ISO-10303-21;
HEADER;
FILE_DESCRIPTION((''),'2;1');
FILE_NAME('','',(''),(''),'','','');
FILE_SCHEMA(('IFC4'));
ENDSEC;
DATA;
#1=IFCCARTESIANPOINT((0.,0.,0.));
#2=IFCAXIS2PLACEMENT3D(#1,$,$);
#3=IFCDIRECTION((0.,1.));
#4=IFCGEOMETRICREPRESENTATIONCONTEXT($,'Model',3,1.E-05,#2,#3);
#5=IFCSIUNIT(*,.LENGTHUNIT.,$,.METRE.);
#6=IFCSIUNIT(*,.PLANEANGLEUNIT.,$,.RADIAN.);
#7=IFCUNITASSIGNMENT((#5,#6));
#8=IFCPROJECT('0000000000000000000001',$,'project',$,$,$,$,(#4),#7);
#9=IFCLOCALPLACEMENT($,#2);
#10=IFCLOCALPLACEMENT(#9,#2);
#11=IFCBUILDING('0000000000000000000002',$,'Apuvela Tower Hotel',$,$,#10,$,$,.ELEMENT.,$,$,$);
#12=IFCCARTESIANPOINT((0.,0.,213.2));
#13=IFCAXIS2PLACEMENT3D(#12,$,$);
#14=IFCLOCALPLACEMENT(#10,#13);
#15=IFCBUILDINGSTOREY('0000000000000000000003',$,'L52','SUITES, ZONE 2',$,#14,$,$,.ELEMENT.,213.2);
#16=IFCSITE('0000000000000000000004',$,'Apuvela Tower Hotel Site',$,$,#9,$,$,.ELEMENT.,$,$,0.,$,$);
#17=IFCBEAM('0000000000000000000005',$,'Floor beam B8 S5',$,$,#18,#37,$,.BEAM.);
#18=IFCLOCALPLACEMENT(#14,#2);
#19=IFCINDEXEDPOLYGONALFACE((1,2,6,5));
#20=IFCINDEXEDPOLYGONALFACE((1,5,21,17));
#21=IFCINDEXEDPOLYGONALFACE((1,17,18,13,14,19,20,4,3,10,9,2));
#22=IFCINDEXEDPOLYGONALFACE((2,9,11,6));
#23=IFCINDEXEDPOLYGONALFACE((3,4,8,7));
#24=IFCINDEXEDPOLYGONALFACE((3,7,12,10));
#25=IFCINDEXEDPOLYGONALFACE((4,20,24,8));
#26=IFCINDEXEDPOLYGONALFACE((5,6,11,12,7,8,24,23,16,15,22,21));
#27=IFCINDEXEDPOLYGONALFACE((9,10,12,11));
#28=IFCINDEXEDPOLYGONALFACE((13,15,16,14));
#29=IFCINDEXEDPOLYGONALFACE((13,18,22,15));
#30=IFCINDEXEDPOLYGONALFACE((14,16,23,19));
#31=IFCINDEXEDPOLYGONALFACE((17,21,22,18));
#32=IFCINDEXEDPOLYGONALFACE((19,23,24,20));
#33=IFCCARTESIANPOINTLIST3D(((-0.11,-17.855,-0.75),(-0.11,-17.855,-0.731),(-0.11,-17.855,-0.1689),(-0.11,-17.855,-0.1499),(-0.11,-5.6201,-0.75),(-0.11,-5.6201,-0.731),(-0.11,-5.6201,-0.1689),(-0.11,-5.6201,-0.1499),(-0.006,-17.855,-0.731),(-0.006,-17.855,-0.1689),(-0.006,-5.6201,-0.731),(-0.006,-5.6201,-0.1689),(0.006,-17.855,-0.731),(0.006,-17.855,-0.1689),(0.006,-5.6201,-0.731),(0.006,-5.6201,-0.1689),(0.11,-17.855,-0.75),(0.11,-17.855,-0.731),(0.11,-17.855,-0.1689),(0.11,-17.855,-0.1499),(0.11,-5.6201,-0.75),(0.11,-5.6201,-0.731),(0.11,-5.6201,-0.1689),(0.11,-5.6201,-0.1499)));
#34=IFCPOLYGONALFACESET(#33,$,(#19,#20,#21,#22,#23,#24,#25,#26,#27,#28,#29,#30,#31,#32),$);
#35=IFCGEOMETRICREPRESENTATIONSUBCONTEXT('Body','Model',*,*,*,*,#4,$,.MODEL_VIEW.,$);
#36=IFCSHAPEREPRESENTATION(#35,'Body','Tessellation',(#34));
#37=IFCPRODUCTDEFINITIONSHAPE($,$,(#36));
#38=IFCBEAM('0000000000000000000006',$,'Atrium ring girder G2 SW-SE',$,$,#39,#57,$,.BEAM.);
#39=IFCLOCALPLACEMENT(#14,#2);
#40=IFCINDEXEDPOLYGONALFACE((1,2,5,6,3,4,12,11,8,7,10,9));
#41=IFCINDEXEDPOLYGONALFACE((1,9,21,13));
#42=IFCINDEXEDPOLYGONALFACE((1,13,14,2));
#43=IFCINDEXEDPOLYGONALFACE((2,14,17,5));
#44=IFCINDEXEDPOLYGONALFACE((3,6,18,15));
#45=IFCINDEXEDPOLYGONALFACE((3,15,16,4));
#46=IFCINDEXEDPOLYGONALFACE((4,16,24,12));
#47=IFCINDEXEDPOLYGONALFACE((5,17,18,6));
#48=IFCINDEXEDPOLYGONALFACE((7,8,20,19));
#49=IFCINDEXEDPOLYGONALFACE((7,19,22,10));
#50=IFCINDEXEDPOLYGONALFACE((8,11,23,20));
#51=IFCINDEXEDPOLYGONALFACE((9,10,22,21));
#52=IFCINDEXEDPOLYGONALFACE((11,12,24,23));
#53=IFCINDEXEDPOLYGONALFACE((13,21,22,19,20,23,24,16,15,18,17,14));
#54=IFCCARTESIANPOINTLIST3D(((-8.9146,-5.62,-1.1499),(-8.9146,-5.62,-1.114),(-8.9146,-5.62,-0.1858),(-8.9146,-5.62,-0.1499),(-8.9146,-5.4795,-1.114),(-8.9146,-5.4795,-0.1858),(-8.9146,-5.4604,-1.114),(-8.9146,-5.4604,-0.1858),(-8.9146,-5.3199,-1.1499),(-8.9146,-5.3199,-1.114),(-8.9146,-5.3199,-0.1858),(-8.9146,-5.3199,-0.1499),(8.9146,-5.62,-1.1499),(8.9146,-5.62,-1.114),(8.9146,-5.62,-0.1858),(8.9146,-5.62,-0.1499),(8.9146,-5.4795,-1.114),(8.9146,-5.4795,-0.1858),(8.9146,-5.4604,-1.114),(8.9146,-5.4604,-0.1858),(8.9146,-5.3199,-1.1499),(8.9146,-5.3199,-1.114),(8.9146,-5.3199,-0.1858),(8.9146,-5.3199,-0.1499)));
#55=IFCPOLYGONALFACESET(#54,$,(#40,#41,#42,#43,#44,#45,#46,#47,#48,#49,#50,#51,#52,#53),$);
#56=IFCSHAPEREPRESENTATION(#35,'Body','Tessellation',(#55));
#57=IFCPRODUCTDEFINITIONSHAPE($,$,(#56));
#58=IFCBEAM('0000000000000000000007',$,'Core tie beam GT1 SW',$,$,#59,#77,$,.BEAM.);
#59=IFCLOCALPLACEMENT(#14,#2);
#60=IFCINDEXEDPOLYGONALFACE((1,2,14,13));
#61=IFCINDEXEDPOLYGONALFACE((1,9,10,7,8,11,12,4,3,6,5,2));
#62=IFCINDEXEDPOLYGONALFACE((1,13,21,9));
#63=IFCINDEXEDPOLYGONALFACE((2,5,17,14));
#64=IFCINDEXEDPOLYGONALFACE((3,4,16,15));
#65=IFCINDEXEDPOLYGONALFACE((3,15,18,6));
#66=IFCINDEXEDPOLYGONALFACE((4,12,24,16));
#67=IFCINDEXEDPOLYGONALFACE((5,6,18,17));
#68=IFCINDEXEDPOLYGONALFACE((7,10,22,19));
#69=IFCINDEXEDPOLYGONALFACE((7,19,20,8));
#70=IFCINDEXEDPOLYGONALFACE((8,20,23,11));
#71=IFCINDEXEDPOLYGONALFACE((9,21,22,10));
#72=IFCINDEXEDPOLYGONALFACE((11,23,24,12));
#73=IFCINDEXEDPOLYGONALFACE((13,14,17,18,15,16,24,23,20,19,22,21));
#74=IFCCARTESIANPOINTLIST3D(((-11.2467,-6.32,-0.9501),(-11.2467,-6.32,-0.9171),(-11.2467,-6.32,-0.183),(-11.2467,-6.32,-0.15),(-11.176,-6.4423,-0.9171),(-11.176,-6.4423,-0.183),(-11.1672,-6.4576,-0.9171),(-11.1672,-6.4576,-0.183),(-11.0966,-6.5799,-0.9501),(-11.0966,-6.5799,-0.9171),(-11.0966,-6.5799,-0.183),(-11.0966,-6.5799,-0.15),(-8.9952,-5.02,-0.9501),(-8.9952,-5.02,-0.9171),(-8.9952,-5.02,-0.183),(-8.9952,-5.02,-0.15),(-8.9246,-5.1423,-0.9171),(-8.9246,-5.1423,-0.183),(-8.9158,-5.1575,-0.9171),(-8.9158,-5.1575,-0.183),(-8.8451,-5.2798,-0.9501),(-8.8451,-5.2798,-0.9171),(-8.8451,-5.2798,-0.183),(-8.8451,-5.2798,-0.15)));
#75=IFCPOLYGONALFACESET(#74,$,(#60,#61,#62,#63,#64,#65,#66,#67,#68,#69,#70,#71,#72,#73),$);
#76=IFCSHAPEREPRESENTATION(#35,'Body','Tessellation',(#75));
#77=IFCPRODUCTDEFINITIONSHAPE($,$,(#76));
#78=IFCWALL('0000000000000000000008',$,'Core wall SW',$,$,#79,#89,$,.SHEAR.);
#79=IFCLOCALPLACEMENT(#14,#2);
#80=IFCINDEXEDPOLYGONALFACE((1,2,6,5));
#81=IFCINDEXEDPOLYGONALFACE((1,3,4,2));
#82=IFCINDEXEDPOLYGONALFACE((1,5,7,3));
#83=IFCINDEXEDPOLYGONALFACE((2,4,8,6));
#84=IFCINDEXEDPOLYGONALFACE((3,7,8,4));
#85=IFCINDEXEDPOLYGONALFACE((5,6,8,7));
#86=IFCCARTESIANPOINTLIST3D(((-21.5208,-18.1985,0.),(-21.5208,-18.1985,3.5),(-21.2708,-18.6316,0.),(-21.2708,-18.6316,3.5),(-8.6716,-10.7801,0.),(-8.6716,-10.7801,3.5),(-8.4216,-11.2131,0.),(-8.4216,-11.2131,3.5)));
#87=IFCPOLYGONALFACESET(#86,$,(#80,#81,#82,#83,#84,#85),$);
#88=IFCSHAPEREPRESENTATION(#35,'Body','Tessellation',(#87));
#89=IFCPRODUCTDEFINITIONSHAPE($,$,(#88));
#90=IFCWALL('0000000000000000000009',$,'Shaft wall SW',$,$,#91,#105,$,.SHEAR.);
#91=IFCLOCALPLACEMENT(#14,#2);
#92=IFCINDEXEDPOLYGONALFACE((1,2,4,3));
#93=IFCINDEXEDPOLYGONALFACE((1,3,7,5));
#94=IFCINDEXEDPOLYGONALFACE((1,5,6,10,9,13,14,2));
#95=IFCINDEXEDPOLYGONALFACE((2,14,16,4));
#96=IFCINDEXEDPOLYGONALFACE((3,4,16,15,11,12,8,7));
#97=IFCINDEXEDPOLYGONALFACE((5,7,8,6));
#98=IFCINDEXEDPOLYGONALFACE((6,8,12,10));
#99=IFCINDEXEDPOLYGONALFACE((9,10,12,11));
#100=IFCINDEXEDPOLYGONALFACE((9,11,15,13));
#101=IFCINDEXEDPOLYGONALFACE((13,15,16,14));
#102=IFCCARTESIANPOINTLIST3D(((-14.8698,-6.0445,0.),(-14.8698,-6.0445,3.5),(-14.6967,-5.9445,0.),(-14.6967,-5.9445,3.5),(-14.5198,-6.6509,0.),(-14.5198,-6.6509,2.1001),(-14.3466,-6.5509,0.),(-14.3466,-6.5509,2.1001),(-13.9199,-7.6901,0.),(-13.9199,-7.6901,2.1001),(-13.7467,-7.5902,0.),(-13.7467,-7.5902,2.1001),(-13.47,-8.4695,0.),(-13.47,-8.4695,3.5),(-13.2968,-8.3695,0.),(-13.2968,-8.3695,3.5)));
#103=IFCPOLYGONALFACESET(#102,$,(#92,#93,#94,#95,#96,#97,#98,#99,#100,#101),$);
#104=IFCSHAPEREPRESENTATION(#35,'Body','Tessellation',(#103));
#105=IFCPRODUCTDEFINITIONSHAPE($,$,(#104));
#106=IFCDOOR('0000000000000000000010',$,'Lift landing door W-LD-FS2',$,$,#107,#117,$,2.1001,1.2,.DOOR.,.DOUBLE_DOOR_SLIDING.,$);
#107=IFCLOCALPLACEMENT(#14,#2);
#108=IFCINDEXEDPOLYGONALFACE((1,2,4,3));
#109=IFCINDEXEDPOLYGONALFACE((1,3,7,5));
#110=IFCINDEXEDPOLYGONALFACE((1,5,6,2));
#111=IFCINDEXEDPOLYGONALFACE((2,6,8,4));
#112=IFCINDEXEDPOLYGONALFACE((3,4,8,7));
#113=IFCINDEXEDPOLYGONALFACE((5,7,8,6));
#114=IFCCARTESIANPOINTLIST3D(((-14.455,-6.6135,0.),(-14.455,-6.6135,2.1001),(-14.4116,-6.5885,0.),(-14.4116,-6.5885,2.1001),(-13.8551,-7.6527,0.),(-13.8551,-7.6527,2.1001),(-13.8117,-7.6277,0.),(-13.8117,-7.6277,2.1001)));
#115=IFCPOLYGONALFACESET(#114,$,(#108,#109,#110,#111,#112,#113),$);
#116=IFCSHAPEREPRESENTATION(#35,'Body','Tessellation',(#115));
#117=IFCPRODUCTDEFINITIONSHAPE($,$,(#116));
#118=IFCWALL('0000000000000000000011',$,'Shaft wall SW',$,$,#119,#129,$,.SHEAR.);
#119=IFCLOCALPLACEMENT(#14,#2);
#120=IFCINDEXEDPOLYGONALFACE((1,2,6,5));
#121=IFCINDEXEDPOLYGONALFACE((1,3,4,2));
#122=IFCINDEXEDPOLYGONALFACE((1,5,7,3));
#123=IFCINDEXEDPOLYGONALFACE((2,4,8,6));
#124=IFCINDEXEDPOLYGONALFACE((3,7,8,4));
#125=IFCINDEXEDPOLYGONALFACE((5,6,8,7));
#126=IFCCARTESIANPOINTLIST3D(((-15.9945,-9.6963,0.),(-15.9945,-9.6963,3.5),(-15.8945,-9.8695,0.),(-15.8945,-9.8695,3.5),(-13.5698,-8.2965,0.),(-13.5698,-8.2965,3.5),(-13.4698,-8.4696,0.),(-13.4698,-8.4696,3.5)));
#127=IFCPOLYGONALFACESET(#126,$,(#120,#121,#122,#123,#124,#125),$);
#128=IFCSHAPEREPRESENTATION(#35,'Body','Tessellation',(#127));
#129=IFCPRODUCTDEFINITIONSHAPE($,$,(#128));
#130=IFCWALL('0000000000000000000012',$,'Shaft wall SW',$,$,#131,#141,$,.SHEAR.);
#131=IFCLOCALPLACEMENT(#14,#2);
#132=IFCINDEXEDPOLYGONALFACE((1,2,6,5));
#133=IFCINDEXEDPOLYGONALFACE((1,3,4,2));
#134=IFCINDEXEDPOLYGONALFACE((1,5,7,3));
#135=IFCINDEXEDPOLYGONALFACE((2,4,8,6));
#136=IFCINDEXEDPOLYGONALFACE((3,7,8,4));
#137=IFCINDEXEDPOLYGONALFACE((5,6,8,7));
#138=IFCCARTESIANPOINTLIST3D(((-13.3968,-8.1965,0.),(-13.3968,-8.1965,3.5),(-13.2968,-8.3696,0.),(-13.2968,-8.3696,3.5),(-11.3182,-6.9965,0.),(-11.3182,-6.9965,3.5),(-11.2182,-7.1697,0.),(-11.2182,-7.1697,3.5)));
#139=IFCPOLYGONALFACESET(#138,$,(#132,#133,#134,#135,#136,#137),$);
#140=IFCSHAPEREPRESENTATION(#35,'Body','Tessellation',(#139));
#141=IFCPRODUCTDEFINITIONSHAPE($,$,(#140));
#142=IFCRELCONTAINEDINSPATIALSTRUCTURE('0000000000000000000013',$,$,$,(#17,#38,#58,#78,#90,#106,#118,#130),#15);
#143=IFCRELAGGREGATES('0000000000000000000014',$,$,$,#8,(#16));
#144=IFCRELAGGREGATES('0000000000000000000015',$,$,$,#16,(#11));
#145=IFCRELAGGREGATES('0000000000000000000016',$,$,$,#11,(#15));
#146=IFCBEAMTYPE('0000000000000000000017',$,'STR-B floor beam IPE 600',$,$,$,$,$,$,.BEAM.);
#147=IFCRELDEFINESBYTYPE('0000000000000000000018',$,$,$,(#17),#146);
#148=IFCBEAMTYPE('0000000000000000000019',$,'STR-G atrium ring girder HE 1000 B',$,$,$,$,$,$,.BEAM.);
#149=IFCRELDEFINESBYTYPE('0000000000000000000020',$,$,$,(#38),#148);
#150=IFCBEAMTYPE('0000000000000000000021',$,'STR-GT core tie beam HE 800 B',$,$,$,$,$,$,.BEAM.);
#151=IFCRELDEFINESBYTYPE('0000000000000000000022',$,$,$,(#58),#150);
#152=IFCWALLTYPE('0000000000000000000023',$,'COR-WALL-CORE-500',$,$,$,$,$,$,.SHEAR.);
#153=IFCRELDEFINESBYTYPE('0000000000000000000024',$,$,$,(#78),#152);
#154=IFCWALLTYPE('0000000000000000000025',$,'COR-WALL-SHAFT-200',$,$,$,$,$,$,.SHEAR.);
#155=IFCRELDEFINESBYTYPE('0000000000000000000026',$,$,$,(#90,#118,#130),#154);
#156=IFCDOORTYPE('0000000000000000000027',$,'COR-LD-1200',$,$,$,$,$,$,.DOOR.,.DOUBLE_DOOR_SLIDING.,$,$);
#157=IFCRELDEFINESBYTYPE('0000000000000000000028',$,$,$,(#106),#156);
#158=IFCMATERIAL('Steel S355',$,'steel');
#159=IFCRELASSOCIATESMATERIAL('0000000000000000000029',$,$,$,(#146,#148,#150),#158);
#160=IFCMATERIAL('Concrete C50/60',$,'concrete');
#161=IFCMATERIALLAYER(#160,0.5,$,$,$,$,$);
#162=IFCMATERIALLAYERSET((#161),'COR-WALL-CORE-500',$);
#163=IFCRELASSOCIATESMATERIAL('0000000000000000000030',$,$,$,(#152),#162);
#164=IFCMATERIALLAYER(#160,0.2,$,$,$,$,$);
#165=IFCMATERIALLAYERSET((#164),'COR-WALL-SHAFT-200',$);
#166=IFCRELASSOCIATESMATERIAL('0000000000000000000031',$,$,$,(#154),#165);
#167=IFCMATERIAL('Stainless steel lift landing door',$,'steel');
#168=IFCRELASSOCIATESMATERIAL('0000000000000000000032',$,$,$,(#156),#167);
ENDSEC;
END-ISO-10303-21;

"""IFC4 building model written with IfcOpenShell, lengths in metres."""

from ifc_helpers import new_model, si_unit, direction, frame, frame_2d, origin, origin_2d, place, context, subcontext, project, spatial, rectangle, i_section, extrude, material, layer, layer_set, material_profile, profile_set, type_object, element, fill, save


model = new_model("IFC4")

# Units and contexts
model_context = context("Model", 3, precision=1e-05, world=origin(), true_north=direction((0.0, 1.0)))
body_context = subcontext(model_context, "Body", "Model", "MODEL_VIEW")
ifc_project = project(units=[si_unit("LENGTHUNIT", "METRE"), si_unit("PLANEANGLEUNIT", "RADIAN")], contexts=[model_context])

# Site, building, storey
site_placement = place(None, origin())
site = spatial("IfcSite", under=ifc_project, at=site_placement, Name="Apuvela Tower Hotel Site", CompositionType="ELEMENT", RefElevation=0.0)
building_placement = place(site_placement, origin())
building = spatial("IfcBuilding", under=site, at=building_placement, Name="Apuvela Tower Hotel", CompositionType="ELEMENT")
storey_placement = place(building_placement, frame((0.0, 0.0, 213.2)))
storey = spatial("IfcBuildingStorey", under=building, at=storey_placement, Name="L52", Description="SUITES, ZONE 2", CompositionType="ELEMENT", Elevation=213.2)

# Beams
ifc_material_1 = material(Name="Steel S355", Category="steel")
ifc_material_profile_1 = material_profile(ifc_material_1, i_section(OverallWidth=0.22, OverallDepth=0.6001, WebThickness=0.012, FlangeThickness=0.019, at=origin_2d()), Name="IPE 600")
ifc_profile_set_1 = profile_set([ifc_material_profile_1], Name="Steel S355")
beam_type_1 = type_object("IfcBeamType", Name="STR-B floor beam IPE 600", PredefinedType="BEAM", material=ifc_profile_set_1)
beam_1_placement = place(storey_placement, frame((0.0, -17.855, -0.45), z_axis=(0.0, 1.0, 0.0), x_axis=(-1.0, 0.0, 0.0)))
element("IfcBeam", 1, at=beam_1_placement, inside=storey, type_object=beam_type_1, Name="Floor beam B8 S5", PredefinedType="BEAM", context=body_context, shape_type="SweptSolid", body=[
    extrude(i_section(OverallWidth=0.22, OverallDepth=0.6001, WebThickness=0.012, FlangeThickness=0.019, at=origin_2d()), origin(), (0.0, 0.0, 1.0), 12.2349),
])
ifc_material_profile_2 = material_profile(ifc_material_1, i_section(OverallWidth=0.3, OverallDepth=1.0, WebThickness=0.019, FlangeThickness=0.0359, at=origin_2d()), Name="HE 1000 B")
ifc_profile_set_2 = profile_set([ifc_material_profile_2], Name="Steel S355")
beam_type_2 = type_object("IfcBeamType", Name="STR-G atrium ring girder HE 1000 B", PredefinedType="BEAM", material=ifc_profile_set_2)
beam_2_placement = place(storey_placement, frame((-8.9146, -5.47, -0.6499), z_axis=(1.0, 0.0, 0.0), x_axis=(0.0, 1.0, 0.0)))
element("IfcBeam", 2, at=beam_2_placement, inside=storey, type_object=beam_type_2, Name="Atrium ring girder G2 SW-SE", PredefinedType="BEAM", context=body_context, shape_type="SweptSolid", body=[
    extrude(i_section(OverallWidth=0.3, OverallDepth=1.0, WebThickness=0.019, FlangeThickness=0.0359, at=origin_2d()), origin(), (0.0, 0.0, 1.0), 17.8291),
])
ifc_material_profile_3 = material_profile(ifc_material_1, i_section(OverallWidth=0.3, OverallDepth=0.8, WebThickness=0.0176, FlangeThickness=0.033, at=origin_2d()), Name="HE 800 B")
ifc_profile_set_3 = profile_set([ifc_material_profile_3], Name="Steel S355")
beam_type_3 = type_object("IfcBeamType", Name="STR-GT core tie beam HE 800 B", PredefinedType="BEAM", material=ifc_profile_set_3)
beam_3_placement = place(storey_placement, frame((-11.1716, -6.45, -0.55), z_axis=(0.865998, 0.500048, 0.0), x_axis=(-0.500048, 0.865998, 0.0)))
element("IfcBeam", 3, at=beam_3_placement, inside=storey, type_object=beam_type_3, Name="Core tie beam GT1 SW", PredefinedType="BEAM", context=body_context, shape_type="SweptSolid", body=[
    extrude(i_section(OverallWidth=0.3, OverallDepth=0.8, WebThickness=0.0176, FlangeThickness=0.033, at=origin_2d()), origin(), (0.0, 0.0, 1.0), 2.5999),
])

# Wall
ifc_material_2 = material(Name="Concrete C50/60", Category="concrete")
ifc_layer_1 = layer(ifc_material_2, 0.5)
ifc_layer_set_1 = layer_set([ifc_layer_1], Name="COR-WALL-CORE-500")
wall_type_1 = type_object("IfcWallType", Name="COR-WALL-CORE-500", PredefinedType="SHEAR", material=ifc_layer_set_1)
wall_1_placement = place(storey_placement, frame((-8.5466, -10.9966, 0.0), z_axis=(0.0, 0.0, 1.0), x_axis=(-0.866025, -0.500001, 0.0)))
element("IfcWall", 4, at=wall_1_placement, inside=storey, type_object=wall_type_1, Name="Core wall SW", PredefinedType="SHEAR", context=body_context, shape_type="SweptSolid", body=[
    extrude(rectangle(XDim=14.8369, YDim=0.5, at=frame_2d((7.4185, 0.0))), origin(), (0.0, 0.0, 1.0), 3.5),
])

# Wall, opening, door
ifc_layer_2 = layer(ifc_material_2, 0.2)
ifc_layer_set_2 = layer_set([ifc_layer_2], Name="COR-WALL-SHAFT-200")
wall_type_2 = type_object("IfcWallType", Name="COR-WALL-SHAFT-200", PredefinedType="SHEAR", material=ifc_layer_set_2)
wall_2_placement = place(storey_placement, frame((-14.7832, -5.9946, 0.0), z_axis=(0.0, 0.0, 1.0), x_axis=(0.499946, -0.866056, 0.0)))
wall_2 = element("IfcWall", 5, at=wall_2_placement, inside=storey, type_object=wall_type_2, Name="Shaft wall SW", PredefinedType="SHEAR", context=body_context, shape_type="SweptSolid", body=[
    extrude(rectangle(XDim=2.8, YDim=0.2, at=frame_2d((1.3999, 0.0))), origin(), (0.0, 0.0, 1.0), 3.5),
])
opening_1_placement = place(wall_2_placement, frame((0.7, 0.0, 0.0)))
opening_1 = element("IfcOpeningElement", 6, at=opening_1_placement, cuts=wall_2, PredefinedType="OPENING", context=body_context, shape_type="SweptSolid", body=[
    extrude(rectangle(XDim=1.2, YDim=2.1001, at=frame_2d((0.6001, 1.05))), frame((0.0, 0.1099, 0.0), z_axis=(0.0, -1.0, 0.0), x_axis=(1.0, 0.0, 0.0)), (0.0, 0.0, 1.0), 0.22),
])
ifc_material_3 = material(Name="Stainless steel lift landing door", Category="steel")
door_type_1 = type_object("IfcDoorType", Name="COR-LD-1200", OperationType="DOUBLE_DOOR_SLIDING", PredefinedType="DOOR", material=ifc_material_3)
door_1_placement = place(opening_1_placement, origin())
door_1 = element("IfcDoor", 7, at=door_1_placement, inside=storey, type_object=door_type_1, Name="Lift landing door W-LD-FS2", OperationType="DOUBLE_DOOR_SLIDING", OverallHeight=2.1001, OverallWidth=1.2, PredefinedType="DOOR", context=body_context, shape_type="SweptSolid", body=[
    extrude(rectangle(XDim=1.2, YDim=2.1001, at=frame_2d((0.6001, 1.05))), frame((0.0, 0.0249, 0.0), z_axis=(0.0, -1.0, 0.0), x_axis=(1.0, 0.0, 0.0)), (0.0, 0.0, 1.0), 0.05),
])
fill(opening_1, door_1)

# Walls
wall_3_placement = place(storey_placement, frame((-13.5198, -8.3831, 0.0), z_axis=(0.0, 0.0, 1.0), x_axis=(-0.866035, -0.499984, 0.0)))
element("IfcWall", 8, at=wall_3_placement, inside=storey, type_object=wall_type_2, Name="Shaft wall SW", PredefinedType="SHEAR", context=body_context, shape_type="SweptSolid", body=[
    extrude(rectangle(XDim=2.7998, YDim=0.2, at=frame_2d((1.3999, 0.0))), origin(), (0.0, 0.0, 1.0), 3.5),
])
wall_4_placement = place(storey_placement, frame((-11.2681, -7.083, 0.0), z_axis=(0.0, 0.0, 1.0), x_axis=(-0.86605, -0.499957, 0.0)))
element("IfcWall", 9, at=wall_4_placement, inside=storey, type_object=wall_type_2, Name="Shaft wall SW", PredefinedType="SHEAR", context=body_context, shape_type="SweptSolid", body=[
    extrude(rectangle(XDim=2.4001, YDim=0.2, at=frame_2d((1.2002, 0.0))), origin(), (0.0, 0.0, 1.0), 3.5),
])

save(model, "model.ifc")
